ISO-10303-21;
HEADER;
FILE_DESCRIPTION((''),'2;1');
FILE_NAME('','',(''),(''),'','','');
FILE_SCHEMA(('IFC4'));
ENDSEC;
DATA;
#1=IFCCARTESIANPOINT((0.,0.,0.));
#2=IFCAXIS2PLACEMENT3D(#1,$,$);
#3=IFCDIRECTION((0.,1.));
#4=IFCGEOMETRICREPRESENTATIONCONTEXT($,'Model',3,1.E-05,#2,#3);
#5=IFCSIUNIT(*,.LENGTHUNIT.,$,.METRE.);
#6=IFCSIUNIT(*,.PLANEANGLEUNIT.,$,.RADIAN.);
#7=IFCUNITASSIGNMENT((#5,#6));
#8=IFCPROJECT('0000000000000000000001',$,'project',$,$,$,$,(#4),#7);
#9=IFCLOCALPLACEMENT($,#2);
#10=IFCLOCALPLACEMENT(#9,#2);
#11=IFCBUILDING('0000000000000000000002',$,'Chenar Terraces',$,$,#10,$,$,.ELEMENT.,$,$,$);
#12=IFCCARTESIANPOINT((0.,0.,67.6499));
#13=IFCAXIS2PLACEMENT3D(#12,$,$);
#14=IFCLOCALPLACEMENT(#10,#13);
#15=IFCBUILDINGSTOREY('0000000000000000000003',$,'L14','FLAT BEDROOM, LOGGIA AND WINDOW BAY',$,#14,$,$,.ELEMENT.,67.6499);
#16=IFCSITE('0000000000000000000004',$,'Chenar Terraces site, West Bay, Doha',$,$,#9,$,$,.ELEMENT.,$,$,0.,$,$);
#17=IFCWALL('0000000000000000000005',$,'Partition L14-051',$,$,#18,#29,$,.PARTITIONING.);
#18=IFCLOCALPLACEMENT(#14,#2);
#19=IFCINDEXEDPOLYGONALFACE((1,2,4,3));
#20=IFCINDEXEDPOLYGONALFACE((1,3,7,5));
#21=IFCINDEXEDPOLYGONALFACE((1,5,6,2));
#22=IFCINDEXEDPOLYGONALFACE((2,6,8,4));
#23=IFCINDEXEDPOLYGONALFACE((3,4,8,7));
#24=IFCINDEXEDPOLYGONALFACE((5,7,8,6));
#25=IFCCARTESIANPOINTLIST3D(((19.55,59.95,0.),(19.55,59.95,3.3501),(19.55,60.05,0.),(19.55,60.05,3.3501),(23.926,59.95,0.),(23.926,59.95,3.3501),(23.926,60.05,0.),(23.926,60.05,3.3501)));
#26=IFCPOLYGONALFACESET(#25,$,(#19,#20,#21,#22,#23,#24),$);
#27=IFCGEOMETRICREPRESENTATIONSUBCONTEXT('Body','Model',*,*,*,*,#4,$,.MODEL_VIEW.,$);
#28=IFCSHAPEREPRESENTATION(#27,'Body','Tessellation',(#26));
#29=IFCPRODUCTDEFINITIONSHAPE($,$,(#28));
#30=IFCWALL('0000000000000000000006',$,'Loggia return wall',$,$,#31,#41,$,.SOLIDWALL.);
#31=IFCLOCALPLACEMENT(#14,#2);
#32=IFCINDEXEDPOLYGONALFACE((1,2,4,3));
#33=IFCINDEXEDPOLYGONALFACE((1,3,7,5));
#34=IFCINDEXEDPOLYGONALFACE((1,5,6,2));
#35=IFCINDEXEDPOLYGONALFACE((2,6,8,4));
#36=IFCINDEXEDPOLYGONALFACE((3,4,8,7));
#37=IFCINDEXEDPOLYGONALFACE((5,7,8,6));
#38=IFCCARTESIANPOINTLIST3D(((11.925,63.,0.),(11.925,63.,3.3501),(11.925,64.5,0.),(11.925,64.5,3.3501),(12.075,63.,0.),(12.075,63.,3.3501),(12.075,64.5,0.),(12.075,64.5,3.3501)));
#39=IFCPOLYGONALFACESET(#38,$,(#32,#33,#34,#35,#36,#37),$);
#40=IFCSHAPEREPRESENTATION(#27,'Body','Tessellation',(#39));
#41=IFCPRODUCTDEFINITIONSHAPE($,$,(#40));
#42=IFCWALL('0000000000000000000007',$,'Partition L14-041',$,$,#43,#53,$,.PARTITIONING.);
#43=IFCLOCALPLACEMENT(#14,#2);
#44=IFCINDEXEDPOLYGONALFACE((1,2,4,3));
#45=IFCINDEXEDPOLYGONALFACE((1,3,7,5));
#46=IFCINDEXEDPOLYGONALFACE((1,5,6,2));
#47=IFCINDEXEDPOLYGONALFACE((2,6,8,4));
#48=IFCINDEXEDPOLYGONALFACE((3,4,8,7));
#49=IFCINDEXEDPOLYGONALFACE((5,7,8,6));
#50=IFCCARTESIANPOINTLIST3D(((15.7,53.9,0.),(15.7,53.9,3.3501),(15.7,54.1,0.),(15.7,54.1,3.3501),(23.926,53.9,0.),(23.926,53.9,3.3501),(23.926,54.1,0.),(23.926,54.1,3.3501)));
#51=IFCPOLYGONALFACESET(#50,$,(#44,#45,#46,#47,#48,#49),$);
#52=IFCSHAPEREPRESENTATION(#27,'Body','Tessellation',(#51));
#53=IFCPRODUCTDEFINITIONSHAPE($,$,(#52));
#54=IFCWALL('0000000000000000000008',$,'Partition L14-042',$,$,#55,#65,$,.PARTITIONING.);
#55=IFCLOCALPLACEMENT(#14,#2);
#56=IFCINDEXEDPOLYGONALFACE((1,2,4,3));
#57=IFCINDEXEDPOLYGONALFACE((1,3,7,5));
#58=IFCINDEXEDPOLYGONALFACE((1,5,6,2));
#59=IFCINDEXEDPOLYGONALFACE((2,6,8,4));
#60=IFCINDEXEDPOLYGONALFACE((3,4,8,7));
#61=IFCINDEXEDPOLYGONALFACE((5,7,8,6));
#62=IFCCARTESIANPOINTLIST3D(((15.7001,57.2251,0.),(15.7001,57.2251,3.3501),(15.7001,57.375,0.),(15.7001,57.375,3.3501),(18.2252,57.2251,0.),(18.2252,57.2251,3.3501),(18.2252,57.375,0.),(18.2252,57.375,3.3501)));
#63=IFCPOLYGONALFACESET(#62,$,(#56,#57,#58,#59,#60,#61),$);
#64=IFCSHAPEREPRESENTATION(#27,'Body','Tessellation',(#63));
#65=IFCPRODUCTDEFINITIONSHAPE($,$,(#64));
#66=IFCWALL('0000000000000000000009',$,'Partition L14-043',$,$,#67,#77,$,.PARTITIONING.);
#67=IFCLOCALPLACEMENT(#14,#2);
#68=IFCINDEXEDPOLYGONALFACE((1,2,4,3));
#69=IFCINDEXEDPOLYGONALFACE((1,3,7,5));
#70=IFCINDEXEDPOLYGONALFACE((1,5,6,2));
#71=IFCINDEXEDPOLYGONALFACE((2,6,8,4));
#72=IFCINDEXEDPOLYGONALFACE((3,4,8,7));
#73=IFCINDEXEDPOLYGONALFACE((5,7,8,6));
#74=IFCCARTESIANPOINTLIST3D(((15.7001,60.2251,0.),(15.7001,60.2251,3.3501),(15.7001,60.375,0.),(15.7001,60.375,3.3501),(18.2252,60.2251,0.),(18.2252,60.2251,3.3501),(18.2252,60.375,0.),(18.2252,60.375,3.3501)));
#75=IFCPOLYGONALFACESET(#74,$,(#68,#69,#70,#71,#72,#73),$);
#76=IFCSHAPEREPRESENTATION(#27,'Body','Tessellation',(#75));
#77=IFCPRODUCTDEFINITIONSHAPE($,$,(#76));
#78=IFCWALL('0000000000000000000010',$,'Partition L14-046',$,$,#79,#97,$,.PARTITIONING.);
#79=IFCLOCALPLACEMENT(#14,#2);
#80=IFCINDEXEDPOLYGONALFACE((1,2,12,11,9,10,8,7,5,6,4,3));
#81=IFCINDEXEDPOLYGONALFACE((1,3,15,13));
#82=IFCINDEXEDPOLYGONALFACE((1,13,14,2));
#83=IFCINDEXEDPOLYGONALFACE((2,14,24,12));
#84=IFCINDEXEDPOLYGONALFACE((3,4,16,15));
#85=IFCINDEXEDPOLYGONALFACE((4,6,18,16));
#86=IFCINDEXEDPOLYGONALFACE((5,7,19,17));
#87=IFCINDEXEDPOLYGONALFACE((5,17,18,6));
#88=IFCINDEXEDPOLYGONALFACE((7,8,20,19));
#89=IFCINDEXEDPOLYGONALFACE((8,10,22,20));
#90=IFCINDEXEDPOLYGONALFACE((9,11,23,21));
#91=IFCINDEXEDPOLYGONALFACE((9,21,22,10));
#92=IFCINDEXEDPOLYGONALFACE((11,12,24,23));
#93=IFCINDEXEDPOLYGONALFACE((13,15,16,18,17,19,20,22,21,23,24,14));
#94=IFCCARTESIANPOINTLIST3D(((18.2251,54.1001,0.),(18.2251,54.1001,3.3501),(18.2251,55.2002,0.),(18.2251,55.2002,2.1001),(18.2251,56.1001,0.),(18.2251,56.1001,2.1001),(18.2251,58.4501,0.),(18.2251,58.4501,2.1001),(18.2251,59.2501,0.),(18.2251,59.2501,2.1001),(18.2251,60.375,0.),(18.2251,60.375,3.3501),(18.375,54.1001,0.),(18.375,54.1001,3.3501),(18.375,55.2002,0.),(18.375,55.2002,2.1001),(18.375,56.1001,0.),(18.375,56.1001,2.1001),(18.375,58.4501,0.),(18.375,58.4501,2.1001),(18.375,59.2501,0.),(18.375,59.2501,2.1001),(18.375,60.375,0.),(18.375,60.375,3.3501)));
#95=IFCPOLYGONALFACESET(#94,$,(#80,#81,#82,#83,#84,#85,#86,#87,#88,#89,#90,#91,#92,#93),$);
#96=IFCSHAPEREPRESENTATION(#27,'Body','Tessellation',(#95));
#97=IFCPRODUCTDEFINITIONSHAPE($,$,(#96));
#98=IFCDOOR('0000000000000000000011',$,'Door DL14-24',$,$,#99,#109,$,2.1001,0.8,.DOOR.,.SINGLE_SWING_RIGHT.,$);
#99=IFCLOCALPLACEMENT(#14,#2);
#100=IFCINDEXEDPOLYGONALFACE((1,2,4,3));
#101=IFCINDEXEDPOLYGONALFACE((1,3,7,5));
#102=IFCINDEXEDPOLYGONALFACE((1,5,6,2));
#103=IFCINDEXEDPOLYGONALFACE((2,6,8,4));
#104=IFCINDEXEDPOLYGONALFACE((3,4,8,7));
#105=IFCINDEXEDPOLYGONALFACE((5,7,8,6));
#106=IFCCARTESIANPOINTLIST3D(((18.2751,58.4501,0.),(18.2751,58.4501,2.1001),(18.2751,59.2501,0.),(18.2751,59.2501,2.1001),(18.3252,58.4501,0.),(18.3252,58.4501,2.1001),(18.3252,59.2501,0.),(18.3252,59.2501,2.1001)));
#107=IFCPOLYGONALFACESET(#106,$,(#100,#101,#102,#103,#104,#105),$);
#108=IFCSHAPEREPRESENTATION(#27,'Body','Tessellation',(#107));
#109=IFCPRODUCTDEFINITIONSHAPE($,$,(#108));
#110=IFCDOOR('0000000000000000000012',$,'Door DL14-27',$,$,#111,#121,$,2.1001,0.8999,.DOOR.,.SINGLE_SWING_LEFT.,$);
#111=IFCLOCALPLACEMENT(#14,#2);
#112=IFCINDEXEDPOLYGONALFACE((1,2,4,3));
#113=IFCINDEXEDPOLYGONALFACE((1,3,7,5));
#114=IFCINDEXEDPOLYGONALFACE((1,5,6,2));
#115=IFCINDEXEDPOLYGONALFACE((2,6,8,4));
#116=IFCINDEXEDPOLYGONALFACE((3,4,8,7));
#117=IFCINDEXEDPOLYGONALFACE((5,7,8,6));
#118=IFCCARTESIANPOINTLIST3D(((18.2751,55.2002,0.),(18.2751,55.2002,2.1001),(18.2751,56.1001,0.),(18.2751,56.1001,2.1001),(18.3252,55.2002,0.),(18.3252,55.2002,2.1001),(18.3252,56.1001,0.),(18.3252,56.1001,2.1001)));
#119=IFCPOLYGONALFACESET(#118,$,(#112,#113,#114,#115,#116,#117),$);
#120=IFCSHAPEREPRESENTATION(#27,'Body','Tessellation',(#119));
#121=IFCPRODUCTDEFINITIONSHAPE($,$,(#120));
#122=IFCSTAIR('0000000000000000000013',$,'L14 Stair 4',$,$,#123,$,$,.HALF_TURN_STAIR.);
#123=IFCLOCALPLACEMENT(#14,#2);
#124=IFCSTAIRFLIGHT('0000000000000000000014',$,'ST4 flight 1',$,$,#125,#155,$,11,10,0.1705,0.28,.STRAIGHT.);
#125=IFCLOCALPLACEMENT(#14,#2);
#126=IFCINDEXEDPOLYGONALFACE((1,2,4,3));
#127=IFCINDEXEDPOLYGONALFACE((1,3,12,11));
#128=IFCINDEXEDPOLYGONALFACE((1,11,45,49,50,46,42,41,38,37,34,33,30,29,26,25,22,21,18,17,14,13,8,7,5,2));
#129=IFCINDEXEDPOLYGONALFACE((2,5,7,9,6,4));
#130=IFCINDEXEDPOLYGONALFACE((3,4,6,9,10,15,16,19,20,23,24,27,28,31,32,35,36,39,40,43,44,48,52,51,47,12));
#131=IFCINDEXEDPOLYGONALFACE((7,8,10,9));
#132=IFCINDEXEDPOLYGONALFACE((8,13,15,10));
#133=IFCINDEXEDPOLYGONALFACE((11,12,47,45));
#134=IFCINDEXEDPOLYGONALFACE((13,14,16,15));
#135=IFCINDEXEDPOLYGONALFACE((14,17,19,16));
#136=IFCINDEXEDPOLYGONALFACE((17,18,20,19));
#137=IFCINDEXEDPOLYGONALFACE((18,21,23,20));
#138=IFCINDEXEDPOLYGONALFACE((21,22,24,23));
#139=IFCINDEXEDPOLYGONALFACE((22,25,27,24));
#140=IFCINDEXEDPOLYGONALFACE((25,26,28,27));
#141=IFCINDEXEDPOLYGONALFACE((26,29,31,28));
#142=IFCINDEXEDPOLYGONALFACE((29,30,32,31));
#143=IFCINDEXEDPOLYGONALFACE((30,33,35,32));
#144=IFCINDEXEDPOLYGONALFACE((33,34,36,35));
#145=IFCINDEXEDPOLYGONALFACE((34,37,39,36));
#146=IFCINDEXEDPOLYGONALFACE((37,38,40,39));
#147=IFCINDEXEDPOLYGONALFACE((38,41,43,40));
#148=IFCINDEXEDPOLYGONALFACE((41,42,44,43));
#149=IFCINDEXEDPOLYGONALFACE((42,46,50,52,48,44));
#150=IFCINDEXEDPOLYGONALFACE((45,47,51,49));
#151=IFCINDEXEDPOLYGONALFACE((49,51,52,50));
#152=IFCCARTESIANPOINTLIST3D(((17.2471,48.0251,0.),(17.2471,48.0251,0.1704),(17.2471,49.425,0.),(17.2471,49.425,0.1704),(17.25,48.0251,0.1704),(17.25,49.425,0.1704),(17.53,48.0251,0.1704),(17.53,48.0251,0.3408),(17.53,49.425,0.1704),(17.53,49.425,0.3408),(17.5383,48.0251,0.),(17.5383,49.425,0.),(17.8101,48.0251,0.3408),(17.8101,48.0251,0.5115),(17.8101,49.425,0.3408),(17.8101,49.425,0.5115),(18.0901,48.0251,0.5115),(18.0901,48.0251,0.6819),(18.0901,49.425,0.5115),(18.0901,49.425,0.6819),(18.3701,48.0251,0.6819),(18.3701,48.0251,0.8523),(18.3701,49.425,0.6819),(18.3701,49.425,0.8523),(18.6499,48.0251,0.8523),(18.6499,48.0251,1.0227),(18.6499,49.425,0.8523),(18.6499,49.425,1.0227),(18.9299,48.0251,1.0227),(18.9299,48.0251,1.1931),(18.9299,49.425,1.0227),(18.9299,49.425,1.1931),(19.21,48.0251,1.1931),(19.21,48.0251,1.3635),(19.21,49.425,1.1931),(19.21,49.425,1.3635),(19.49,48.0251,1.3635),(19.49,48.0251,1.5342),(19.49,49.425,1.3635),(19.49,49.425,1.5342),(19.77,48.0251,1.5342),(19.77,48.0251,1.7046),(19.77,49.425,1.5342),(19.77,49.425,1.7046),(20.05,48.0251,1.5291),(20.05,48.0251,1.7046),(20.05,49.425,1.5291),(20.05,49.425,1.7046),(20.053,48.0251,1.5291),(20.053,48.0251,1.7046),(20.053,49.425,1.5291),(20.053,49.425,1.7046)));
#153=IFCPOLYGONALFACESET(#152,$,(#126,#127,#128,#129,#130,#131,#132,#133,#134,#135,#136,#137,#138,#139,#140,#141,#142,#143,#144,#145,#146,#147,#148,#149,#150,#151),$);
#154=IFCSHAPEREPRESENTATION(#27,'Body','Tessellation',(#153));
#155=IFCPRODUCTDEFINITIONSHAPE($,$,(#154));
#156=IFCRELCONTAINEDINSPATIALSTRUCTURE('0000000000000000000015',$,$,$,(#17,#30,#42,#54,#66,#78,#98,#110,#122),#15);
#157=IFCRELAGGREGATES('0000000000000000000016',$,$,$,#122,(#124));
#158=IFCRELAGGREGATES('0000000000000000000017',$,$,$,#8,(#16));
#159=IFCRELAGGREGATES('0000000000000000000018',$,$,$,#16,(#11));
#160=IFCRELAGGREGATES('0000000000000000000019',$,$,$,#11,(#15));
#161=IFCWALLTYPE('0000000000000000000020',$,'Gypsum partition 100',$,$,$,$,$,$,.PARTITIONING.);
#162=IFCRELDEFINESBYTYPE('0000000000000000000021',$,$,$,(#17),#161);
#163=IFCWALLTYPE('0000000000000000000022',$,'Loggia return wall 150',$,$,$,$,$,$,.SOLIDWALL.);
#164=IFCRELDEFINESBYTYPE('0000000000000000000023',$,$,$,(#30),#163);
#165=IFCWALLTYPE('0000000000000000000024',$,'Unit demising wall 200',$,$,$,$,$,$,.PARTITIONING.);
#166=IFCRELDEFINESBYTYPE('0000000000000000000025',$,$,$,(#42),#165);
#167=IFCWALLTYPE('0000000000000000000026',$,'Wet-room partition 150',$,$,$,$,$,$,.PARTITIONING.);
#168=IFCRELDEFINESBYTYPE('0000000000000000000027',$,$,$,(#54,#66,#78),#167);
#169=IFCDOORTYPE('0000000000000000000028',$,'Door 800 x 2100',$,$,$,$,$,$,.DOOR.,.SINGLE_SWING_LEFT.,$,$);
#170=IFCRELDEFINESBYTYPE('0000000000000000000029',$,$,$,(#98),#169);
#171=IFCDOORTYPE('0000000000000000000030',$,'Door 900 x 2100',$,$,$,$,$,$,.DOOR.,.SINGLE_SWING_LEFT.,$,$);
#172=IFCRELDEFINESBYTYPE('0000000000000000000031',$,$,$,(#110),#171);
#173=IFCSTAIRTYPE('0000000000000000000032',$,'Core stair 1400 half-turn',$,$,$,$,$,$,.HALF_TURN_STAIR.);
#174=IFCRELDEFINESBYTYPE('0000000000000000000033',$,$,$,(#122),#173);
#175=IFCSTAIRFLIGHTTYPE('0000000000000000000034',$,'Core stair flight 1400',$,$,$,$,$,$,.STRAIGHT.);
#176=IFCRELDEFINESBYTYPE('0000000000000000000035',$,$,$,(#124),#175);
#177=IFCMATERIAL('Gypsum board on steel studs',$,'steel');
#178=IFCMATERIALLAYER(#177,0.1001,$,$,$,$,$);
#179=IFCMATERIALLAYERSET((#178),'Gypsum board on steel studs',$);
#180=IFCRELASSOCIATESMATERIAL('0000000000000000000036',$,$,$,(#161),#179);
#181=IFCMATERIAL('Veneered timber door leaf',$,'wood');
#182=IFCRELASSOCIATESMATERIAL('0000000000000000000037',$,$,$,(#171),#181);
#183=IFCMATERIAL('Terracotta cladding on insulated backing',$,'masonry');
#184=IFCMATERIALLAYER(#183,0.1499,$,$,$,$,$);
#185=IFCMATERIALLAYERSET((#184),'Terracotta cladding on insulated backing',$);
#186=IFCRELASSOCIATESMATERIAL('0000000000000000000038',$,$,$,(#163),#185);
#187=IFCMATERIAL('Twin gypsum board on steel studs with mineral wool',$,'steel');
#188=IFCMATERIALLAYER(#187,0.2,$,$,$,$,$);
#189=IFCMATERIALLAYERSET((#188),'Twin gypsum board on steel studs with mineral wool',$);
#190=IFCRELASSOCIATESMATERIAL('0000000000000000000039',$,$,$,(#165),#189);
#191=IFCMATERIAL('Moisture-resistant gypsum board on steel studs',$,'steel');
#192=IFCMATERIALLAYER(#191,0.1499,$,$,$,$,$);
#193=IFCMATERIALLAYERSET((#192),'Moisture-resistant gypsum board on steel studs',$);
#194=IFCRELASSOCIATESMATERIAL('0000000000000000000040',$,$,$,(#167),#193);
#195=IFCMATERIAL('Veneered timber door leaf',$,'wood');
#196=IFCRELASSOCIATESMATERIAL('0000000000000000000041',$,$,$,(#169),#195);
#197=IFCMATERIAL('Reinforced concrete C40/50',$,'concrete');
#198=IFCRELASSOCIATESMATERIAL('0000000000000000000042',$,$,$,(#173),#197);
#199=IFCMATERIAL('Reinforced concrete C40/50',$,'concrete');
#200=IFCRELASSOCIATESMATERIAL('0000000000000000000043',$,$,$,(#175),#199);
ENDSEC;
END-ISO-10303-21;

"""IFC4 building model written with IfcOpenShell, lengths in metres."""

from ifc_helpers import new_model, si_unit, direction, frame, frame_2d, origin, place, context, subcontext, project, spatial, polyline, rectangle, outline, extrude, material, layer, layer_set, type_object, element, fill, aggregate, save


model = new_model("IFC4")

# Units and contexts
model_context = context("Model", 3, precision=1e-05, world=origin(), true_north=direction((0.0, 1.0)))
body_context = subcontext(model_context, "Body", "Model", "MODEL_VIEW")
ifc_project = project(units=[si_unit("LENGTHUNIT", "METRE"), si_unit("PLANEANGLEUNIT", "RADIAN")], contexts=[model_context])

# Site, building, storey
site_placement = place(None, origin())
site = spatial("IfcSite", under=ifc_project, at=site_placement, Name="Chenar Terraces site, West Bay, Doha", CompositionType="ELEMENT", RefElevation=0.0)
building_placement = place(site_placement, origin())
building = spatial("IfcBuilding", under=site, at=building_placement, Name="Chenar Terraces", CompositionType="ELEMENT")
storey_placement = place(building_placement, frame((0.0, 0.0, 67.6499)))
storey = spatial("IfcBuildingStorey", under=building, at=storey_placement, Name="L14", Description="FLAT BEDROOM, LOGGIA AND WINDOW BAY", CompositionType="ELEMENT", Elevation=67.6499)

# Shared definitions
ifc_material_1 = material(Name="Gypsum board on steel studs", Category="steel")
ifc_layer_1 = layer(ifc_material_1, 0.1001)
ifc_layer_set_1 = layer_set([ifc_layer_1], Name="Gypsum board on steel studs")
wall_type_1 = type_object("IfcWallType", Name="Gypsum partition 100", PredefinedType="PARTITIONING", material=ifc_layer_set_1)
ifc_material_2 = material(Name="Veneered timber door leaf", Category="wood")
door_type_1 = type_object("IfcDoorType", Name="Door 900 x 2100", OperationType="SINGLE_SWING_LEFT", PredefinedType="DOOR", material=ifc_material_2)

# Walls
for number, where, z_axis, x_axis, name in (
    (1, (19.55, 60.0, 0.0), (0.0, 0.0, 1.0), (1.0, 0.0, 0.0), "Partition L14-051"),
):
    element("IfcWall", number, at=place(storey_placement, frame(where, z_axis=z_axis, x_axis=x_axis)), inside=storey, type_object=wall_type_1, Name=name, PredefinedType="PARTITIONING", context=body_context, shape_type="SweptSolid", body=[
        extrude(rectangle(XDim=4.376, YDim=0.1001, at=frame_2d((2.188, 0.0))), origin(), (0.0, 0.0, 1.0), 3.3501),
    ])
ifc_material_3 = material(Name="Terracotta cladding on insulated backing", Category="masonry")
ifc_layer_2 = layer(ifc_material_3, 0.1499)
ifc_layer_set_2 = layer_set([ifc_layer_2], Name="Terracotta cladding on insulated backing")
wall_type_2 = type_object("IfcWallType", Name="Loggia return wall 150", PredefinedType="SOLIDWALL", material=ifc_layer_set_2)
wall_1_placement = place(storey_placement, frame((12.0, 64.5, 0.0), z_axis=(0.0, 0.0, 1.0), x_axis=(0.0, -1.0, 0.0)))
element("IfcWall", 2, at=wall_1_placement, inside=storey, type_object=wall_type_2, Name="Loggia return wall", PredefinedType="SOLIDWALL", context=body_context, shape_type="SweptSolid", body=[
    extrude(rectangle(XDim=1.5, YDim=0.1499, at=frame_2d((0.75, 0.0))), origin(), (0.0, 0.0, 1.0), 3.3501),
])
ifc_material_4 = material(Name="Twin gypsum board on steel studs with mineral wool", Category="steel")
ifc_layer_3 = layer(ifc_material_4, 0.2)
ifc_layer_set_3 = layer_set([ifc_layer_3], Name="Twin gypsum board on steel studs with mineral wool")
wall_type_3 = type_object("IfcWallType", Name="Unit demising wall 200", PredefinedType="PARTITIONING", material=ifc_layer_set_3)
wall_2_placement = place(storey_placement, frame((15.7, 54.0, 0.0), z_axis=(0.0, 0.0, 1.0), x_axis=(1.0, 0.0, 0.0)))
element("IfcWall", 3, at=wall_2_placement, inside=storey, type_object=wall_type_3, Name="Partition L14-041", PredefinedType="PARTITIONING", context=body_context, shape_type="SweptSolid", body=[
    extrude(rectangle(XDim=8.2261, YDim=0.2, at=frame_2d((4.113, 0.0))), origin(), (0.0, 0.0, 1.0), 3.3501),
])
ifc_material_5 = material(Name="Moisture-resistant gypsum board on steel studs", Category="steel")
ifc_layer_4 = layer(ifc_material_5, 0.1499)
ifc_layer_set_4 = layer_set([ifc_layer_4], Name="Moisture-resistant gypsum board on steel studs")
wall_type_4 = type_object("IfcWallType", Name="Wet-room partition 150", PredefinedType="PARTITIONING", material=ifc_layer_set_4)
for number, where, z_axis, x_axis, name in (
    (4, (15.7, 57.3, 0.0), (0.0, 0.0, 1.0), (1.0, 0.0, 0.0), "Partition L14-042"),
    (5, (15.7, 60.3, 0.0), (0.0, 0.0, 1.0), (1.0, 0.0, 0.0), "Partition L14-043"),
):
    element("IfcWall", number, at=place(storey_placement, frame(where, z_axis=z_axis, x_axis=x_axis)), inside=storey, type_object=wall_type_4, Name=name, PredefinedType="PARTITIONING", context=body_context, shape_type="SweptSolid", body=[
        extrude(rectangle(XDim=2.5251, YDim=0.1499, at=frame_2d((1.2627, 0.0))), origin(), (0.0, 0.0, 1.0), 3.3501),
    ])

# Wall, openings, doors
wall_3_placement = place(storey_placement, frame((18.3, 54.1001, 0.0), z_axis=(0.0, 0.0, 1.0), x_axis=(0.0, 1.0, 0.0)))
wall_3 = element("IfcWall", 6, at=wall_3_placement, inside=storey, type_object=wall_type_4, Name="Partition L14-046", PredefinedType="PARTITIONING", context=body_context, shape_type="SweptSolid", body=[
    extrude(rectangle(XDim=6.2749, YDim=0.1499, at=frame_2d((3.1375, 0.0))), origin(), (0.0, 0.0, 1.0), 3.3501),
])
opening_1_placement = place(wall_3_placement, frame((4.3501, 0.0, 0.0)))
opening_1 = element("IfcOpeningElement", 7, at=opening_1_placement, cuts=wall_3, PredefinedType="OPENING", context=body_context, shape_type="SweptSolid", body=[
    extrude(rectangle(XDim=0.8, YDim=2.1001, at=frame_2d((0.3999, 1.05))), frame((0.0, 0.085, 0.0), z_axis=(0.0, -1.0, 0.0), x_axis=(1.0, 0.0, 0.0)), (0.0, 0.0, 1.0), 0.1699),
])
opening_2_placement = place(wall_3_placement, frame((1.1001, 0.0, 0.0)))
opening_2 = element("IfcOpeningElement", 8, at=opening_2_placement, cuts=wall_3, PredefinedType="OPENING", context=body_context, shape_type="SweptSolid", body=[
    extrude(rectangle(XDim=0.8999, YDim=2.1001, at=frame_2d((0.45, 1.05))), frame((0.0, 0.085, 0.0), z_axis=(0.0, -1.0, 0.0), x_axis=(1.0, 0.0, 0.0)), (0.0, 0.0, 1.0), 0.1699),
])
ifc_material_6 = material(Name="Veneered timber door leaf", Category="wood")
door_type_2 = type_object("IfcDoorType", Name="Door 800 x 2100", OperationType="SINGLE_SWING_LEFT", PredefinedType="DOOR", material=ifc_material_6)
door_1_placement = place(opening_1_placement, origin())
door_1 = element("IfcDoor", 9, at=door_1_placement, inside=storey, type_object=door_type_2, Name="Door DL14-24", OperationType="SINGLE_SWING_RIGHT", OverallHeight=2.1001, OverallWidth=0.8, PredefinedType="DOOR", context=body_context, shape_type="SweptSolid", body=[
    extrude(rectangle(XDim=0.8, YDim=2.1001, at=frame_2d((0.3999, 1.05))), frame((0.0, 0.0249, 0.0), z_axis=(0.0, -1.0, 0.0), x_axis=(1.0, 0.0, 0.0)), (0.0, 0.0, 1.0), 0.05),
])
fill(opening_1, door_1)
door_2_placement = place(opening_2_placement, origin())
door_2 = element("IfcDoor", 10, at=door_2_placement, inside=storey, type_object=door_type_1, Name="Door DL14-27", OperationType="SINGLE_SWING_LEFT", OverallHeight=2.1001, OverallWidth=0.8999, PredefinedType="DOOR", context=body_context, shape_type="SweptSolid", body=[
    extrude(rectangle(XDim=0.8999, YDim=2.1001, at=frame_2d((0.45, 1.05))), frame((0.0, 0.0249, 0.0), z_axis=(0.0, -1.0, 0.0), x_axis=(1.0, 0.0, 0.0)), (0.0, 0.0, 1.0), 0.05),
])
fill(opening_2, door_2)

# Stair, stair flight
ifc_material_7 = material(Name="Reinforced concrete C40/50", Category="concrete")
stair_type = type_object("IfcStairType", Name="Core stair 1400 half-turn", PredefinedType="HALF_TURN_STAIR", material=ifc_material_7)
stair_placement = place(storey_placement, origin())
stair = element("IfcStair", 11, at=stair_placement, inside=storey, type_object=stair_type, Name="L14 Stair 4", PredefinedType="HALF_TURN_STAIR")
ifc_material_8 = material(Name="Reinforced concrete C40/50", Category="concrete")
stair_flight_type = type_object("IfcStairFlightType", Name="Core stair flight 1400", PredefinedType="STRAIGHT", material=ifc_material_8)
stair_flight_1_placement = place(storey_placement, frame((17.25, 48.7251, 0.0), z_axis=(0.0, 0.0, 1.0), x_axis=(1.0, 0.0, 0.0)))
stair_flight_1 = element("IfcStairFlight", 12, at=stair_flight_1_placement, type_object=stair_flight_type, Name="ST4 flight 1", NumberOfRisers=11, NumberOfTreads=10, PredefinedType="STRAIGHT", RiserHeight=0.1705, TreadLength=0.28, context=body_context, shape_type="SweptSolid", body=[
    extrude(outline(polyline([(-0.0029, 0.0), (-0.0029, 0.1704), (0.0, 0.1704), (0.28, 0.1704), (0.28, 0.3408), (0.5601, 0.3408), (0.5601, 0.5115), (0.8401, 0.5115), (0.8401, 0.6819), (1.1201, 0.6819), (1.1201, 0.8523), (1.3999, 0.8523), (1.3999, 1.0227), (1.6799, 1.0227), (1.6799, 1.1931), (1.96, 1.1931), (1.96, 1.3635), (2.24, 1.3635), (2.24, 1.5342), (2.52, 1.5342), (2.52, 1.7046), (2.8, 1.7046), (2.803, 1.7046), (2.803, 1.5291), (2.8, 1.5291), (0.2883, 0.0), (-0.0029, 0.0)])), frame((0.0, 0.7, 0.0), z_axis=(0.0, -1.0, 0.0), x_axis=(1.0, 0.0, 0.0)), (0.0, 0.0, 1.0), 1.3999),
])
aggregate(stair, [stair_flight_1])

save(model, "model.ifc")
